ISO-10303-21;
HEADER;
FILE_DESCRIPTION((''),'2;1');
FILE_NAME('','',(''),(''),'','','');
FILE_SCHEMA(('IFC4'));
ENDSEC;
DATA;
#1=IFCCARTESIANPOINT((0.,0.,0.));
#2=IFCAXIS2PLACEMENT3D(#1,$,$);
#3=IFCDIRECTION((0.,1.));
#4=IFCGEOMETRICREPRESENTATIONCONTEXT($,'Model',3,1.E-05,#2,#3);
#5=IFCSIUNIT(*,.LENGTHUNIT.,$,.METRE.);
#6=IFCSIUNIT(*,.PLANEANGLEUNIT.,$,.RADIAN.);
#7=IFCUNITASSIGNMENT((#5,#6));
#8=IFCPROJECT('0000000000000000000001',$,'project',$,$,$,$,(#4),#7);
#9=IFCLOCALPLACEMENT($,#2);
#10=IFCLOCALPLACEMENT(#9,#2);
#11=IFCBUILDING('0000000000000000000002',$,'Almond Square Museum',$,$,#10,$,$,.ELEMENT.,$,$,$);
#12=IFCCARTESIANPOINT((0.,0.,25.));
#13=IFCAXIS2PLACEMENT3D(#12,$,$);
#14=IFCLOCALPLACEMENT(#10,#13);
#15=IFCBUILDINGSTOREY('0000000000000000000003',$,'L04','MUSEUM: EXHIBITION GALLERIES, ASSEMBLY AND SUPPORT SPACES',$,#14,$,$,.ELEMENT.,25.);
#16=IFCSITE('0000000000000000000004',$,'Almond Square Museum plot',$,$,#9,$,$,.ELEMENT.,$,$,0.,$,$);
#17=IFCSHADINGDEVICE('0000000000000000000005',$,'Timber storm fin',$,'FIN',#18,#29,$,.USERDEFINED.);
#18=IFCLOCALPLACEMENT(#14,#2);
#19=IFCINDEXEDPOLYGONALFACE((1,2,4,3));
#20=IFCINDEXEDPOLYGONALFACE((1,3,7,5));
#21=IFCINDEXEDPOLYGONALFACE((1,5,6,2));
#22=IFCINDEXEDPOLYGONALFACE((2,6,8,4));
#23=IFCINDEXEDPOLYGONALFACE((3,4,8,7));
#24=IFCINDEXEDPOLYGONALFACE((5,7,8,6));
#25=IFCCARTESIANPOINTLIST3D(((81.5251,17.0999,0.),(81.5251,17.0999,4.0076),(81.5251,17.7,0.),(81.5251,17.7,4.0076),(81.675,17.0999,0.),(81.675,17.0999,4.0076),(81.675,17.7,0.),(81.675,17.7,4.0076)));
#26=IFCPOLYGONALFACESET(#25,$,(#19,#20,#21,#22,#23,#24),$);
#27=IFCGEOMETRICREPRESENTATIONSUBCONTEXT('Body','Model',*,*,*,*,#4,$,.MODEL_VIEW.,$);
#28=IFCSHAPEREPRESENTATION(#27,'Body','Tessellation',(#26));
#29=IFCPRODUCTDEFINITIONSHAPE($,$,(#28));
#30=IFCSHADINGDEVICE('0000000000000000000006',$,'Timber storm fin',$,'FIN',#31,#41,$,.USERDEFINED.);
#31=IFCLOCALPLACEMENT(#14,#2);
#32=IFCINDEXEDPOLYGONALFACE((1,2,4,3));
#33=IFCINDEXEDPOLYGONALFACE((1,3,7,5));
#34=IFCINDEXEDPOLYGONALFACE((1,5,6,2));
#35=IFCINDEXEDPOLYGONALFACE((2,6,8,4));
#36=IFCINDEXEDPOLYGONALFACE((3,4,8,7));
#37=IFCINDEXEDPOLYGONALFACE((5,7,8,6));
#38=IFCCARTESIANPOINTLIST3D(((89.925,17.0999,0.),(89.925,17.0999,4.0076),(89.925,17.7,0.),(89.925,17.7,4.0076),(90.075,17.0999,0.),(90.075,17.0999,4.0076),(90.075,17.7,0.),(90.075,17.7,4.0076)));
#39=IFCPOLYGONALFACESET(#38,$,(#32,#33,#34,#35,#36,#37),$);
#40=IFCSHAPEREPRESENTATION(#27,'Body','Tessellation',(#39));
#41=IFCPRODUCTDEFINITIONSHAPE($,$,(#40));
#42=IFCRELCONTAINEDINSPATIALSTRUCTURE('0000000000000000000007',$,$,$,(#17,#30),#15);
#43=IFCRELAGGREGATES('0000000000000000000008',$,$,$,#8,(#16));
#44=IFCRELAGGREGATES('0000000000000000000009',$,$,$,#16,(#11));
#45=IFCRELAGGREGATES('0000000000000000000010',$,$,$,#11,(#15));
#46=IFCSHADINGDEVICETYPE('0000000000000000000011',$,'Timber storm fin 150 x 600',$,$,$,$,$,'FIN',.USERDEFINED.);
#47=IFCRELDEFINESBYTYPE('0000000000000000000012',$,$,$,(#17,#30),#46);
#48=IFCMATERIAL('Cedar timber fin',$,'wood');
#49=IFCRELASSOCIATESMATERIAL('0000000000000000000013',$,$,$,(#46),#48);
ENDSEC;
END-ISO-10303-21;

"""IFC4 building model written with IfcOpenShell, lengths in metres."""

from ifc_helpers import new_model, si_unit, direction, frame, origin, origin_2d, place, context, subcontext, project, spatial, rectangle, extrude, material, type_object, element, save


model = new_model("IFC4")

# Units and contexts
model_context = context("Model", 3, precision=1e-05, world=origin(), true_north=direction((0.0, 1.0)))
body_context = subcontext(model_context, "Body", "Model", "MODEL_VIEW")
ifc_project = project(units=[si_unit("LENGTHUNIT", "METRE"), si_unit("PLANEANGLEUNIT", "RADIAN")], contexts=[model_context])

# Site, building, storey
site_placement = place(None, origin())
site = spatial("IfcSite", under=ifc_project, at=site_placement, Name="Almond Square Museum plot", CompositionType="ELEMENT", RefElevation=0.0)
building_placement = place(site_placement, origin())
building = spatial("IfcBuilding", under=site, at=building_placement, Name="Almond Square Museum", CompositionType="ELEMENT")
storey_placement = place(building_placement, frame((0.0, 0.0, 25.0)))
storey = spatial("IfcBuildingStorey", under=building, at=storey_placement, Name="L04", Description="MUSEUM: EXHIBITION GALLERIES, ASSEMBLY AND SUPPORT SPACES", CompositionType="ELEMENT", Elevation=25.0)

# Shading devices
ifc_material_1 = material(Name="Cedar timber fin", Category="wood")
shading_device_type_1 = type_object("IfcShadingDeviceType", Name="Timber storm fin 150 x 600", ElementType="FIN", PredefinedType="USERDEFINED", material=ifc_material_1)
for number, where, z_axis, x_axis, name in (
    (1, (81.6001, 17.3999, 0.0), (0.0, 0.0, 1.0), (1.0, 0.0, 0.0), "Timber storm fin"),
    (2, (90.0, 17.3999, 0.0), (0.0, 0.0, 1.0), (1.0, 0.0, 0.0), "Timber storm fin"),
):
    element("IfcShadingDevice", number, at=place(storey_placement, frame(where, z_axis=z_axis, x_axis=x_axis)), inside=storey, type_object=shading_device_type_1, Name=name, ObjectType="FIN", PredefinedType="USERDEFINED", context=body_context, shape_type="SweptSolid", body=[
        extrude(rectangle(XDim=0.1499, YDim=0.6001, at=origin_2d()), origin(), (0.0, 0.0, 1.0), 4.0076),
    ])

save(model, "model.ifc")
